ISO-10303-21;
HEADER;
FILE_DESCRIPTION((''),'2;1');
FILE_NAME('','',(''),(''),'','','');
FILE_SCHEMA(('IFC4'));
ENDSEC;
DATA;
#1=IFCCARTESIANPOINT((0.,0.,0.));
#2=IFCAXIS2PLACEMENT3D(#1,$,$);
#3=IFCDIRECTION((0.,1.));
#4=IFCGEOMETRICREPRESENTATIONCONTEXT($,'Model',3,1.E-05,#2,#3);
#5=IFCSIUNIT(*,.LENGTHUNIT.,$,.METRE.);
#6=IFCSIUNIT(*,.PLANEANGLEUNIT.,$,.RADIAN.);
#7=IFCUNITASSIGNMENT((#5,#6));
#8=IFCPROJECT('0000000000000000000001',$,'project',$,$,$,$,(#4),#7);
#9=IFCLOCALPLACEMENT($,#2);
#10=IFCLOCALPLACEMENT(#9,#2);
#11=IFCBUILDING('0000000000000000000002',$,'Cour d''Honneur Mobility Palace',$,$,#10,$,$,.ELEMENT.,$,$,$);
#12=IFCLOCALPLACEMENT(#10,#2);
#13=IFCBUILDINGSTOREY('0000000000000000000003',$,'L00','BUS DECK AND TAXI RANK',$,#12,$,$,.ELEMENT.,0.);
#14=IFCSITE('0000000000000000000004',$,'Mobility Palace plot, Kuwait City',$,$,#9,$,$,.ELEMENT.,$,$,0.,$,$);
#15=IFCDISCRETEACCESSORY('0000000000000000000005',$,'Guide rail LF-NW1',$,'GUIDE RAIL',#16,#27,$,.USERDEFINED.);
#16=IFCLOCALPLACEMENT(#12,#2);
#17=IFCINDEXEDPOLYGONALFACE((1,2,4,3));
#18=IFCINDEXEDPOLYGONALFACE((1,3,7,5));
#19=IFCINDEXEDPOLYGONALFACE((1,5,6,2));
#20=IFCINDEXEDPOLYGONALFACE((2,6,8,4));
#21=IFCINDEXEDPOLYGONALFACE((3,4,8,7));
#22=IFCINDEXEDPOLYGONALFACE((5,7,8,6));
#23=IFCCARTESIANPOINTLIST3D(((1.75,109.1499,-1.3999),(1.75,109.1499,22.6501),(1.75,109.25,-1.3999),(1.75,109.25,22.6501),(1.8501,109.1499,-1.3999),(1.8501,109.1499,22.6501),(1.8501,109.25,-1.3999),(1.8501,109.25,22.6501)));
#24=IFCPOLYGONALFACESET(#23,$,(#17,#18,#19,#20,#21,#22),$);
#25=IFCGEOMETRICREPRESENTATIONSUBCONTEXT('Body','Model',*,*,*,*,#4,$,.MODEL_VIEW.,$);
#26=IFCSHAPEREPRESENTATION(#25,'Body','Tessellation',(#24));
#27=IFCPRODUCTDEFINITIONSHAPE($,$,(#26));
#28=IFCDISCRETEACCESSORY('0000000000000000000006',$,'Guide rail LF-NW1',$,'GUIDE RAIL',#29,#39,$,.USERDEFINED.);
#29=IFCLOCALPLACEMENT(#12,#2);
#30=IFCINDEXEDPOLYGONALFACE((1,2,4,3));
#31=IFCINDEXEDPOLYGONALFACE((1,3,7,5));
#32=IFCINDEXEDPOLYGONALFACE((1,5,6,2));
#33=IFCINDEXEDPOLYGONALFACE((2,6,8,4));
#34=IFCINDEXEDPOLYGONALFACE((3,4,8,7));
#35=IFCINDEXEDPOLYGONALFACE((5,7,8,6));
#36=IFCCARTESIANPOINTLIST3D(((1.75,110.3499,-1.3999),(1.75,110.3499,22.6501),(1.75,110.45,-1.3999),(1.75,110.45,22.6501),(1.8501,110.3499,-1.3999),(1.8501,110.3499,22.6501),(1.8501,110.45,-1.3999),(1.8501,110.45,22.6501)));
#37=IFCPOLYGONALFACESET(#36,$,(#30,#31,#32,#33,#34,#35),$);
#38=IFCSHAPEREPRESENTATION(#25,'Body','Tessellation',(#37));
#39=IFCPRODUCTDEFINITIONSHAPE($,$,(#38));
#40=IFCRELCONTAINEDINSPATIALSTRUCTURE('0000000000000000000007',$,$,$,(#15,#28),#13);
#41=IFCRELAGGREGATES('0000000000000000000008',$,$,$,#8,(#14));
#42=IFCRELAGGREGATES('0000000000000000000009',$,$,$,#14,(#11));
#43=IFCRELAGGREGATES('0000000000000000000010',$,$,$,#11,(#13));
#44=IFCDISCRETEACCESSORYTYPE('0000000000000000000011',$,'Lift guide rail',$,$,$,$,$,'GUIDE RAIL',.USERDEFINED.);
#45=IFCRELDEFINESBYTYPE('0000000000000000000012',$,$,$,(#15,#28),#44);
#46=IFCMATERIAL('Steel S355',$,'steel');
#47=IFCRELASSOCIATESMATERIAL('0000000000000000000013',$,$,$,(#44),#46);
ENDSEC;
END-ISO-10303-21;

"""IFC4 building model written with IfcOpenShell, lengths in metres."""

from ifc_helpers import new_model, si_unit, direction, frame, origin, origin_2d, place, context, subcontext, project, spatial, rectangle, extrude, material, type_object, element, save


model = new_model("IFC4")

# Units and contexts
model_context = context("Model", 3, precision=1e-05, world=origin(), true_north=direction((0.0, 1.0)))
body_context = subcontext(model_context, "Body", "Model", "MODEL_VIEW")
ifc_project = project(units=[si_unit("LENGTHUNIT", "METRE"), si_unit("PLANEANGLEUNIT", "RADIAN")], contexts=[model_context])

# Site, building, storey
site_placement = place(None, origin())
site = spatial("IfcSite", under=ifc_project, at=site_placement, Name="Mobility Palace plot, Kuwait City", CompositionType="ELEMENT", RefElevation=0.0)
building_placement = place(site_placement, origin())
building = spatial("IfcBuilding", under=site, at=building_placement, Name="Cour d'Honneur Mobility Palace", CompositionType="ELEMENT")
storey_placement = place(building_placement, origin())
storey = spatial("IfcBuildingStorey", under=building, at=storey_placement, Name="L00", Description="BUS DECK AND TAXI RANK", CompositionType="ELEMENT", Elevation=0.0)

# Discrete accessories
ifc_material_1 = material(Name="Steel S355", Category="steel")
discrete_accessory_type = type_object("IfcDiscreteAccessoryType", Name="Lift guide rail", ElementType="GUIDE RAIL", PredefinedType="USERDEFINED", material=ifc_material_1)
for number, where, z_axis, x_axis, name in (
    (1, (1.8, 109.2, -1.3999), (0.0, 0.0, 1.0), (1.0, 0.0, 0.0), "Guide rail LF-NW1"),
    (2, (1.8, 110.3999, -1.3999), (0.0, 0.0, 1.0), (1.0, 0.0, 0.0), "Guide rail LF-NW1"),
):
    element("IfcDiscreteAccessory", number, at=place(storey_placement, frame(where, z_axis=z_axis, x_axis=x_axis)), inside=storey, type_object=discrete_accessory_type, Name=name, ObjectType="GUIDE RAIL", PredefinedType="USERDEFINED", context=body_context, shape_type="SweptSolid", body=[
        extrude(rectangle(XDim=0.1001, YDim=0.1001, at=origin_2d()), origin(), (0.0, 0.0, 1.0), 24.05),
    ])

save(model, "model.ifc")
